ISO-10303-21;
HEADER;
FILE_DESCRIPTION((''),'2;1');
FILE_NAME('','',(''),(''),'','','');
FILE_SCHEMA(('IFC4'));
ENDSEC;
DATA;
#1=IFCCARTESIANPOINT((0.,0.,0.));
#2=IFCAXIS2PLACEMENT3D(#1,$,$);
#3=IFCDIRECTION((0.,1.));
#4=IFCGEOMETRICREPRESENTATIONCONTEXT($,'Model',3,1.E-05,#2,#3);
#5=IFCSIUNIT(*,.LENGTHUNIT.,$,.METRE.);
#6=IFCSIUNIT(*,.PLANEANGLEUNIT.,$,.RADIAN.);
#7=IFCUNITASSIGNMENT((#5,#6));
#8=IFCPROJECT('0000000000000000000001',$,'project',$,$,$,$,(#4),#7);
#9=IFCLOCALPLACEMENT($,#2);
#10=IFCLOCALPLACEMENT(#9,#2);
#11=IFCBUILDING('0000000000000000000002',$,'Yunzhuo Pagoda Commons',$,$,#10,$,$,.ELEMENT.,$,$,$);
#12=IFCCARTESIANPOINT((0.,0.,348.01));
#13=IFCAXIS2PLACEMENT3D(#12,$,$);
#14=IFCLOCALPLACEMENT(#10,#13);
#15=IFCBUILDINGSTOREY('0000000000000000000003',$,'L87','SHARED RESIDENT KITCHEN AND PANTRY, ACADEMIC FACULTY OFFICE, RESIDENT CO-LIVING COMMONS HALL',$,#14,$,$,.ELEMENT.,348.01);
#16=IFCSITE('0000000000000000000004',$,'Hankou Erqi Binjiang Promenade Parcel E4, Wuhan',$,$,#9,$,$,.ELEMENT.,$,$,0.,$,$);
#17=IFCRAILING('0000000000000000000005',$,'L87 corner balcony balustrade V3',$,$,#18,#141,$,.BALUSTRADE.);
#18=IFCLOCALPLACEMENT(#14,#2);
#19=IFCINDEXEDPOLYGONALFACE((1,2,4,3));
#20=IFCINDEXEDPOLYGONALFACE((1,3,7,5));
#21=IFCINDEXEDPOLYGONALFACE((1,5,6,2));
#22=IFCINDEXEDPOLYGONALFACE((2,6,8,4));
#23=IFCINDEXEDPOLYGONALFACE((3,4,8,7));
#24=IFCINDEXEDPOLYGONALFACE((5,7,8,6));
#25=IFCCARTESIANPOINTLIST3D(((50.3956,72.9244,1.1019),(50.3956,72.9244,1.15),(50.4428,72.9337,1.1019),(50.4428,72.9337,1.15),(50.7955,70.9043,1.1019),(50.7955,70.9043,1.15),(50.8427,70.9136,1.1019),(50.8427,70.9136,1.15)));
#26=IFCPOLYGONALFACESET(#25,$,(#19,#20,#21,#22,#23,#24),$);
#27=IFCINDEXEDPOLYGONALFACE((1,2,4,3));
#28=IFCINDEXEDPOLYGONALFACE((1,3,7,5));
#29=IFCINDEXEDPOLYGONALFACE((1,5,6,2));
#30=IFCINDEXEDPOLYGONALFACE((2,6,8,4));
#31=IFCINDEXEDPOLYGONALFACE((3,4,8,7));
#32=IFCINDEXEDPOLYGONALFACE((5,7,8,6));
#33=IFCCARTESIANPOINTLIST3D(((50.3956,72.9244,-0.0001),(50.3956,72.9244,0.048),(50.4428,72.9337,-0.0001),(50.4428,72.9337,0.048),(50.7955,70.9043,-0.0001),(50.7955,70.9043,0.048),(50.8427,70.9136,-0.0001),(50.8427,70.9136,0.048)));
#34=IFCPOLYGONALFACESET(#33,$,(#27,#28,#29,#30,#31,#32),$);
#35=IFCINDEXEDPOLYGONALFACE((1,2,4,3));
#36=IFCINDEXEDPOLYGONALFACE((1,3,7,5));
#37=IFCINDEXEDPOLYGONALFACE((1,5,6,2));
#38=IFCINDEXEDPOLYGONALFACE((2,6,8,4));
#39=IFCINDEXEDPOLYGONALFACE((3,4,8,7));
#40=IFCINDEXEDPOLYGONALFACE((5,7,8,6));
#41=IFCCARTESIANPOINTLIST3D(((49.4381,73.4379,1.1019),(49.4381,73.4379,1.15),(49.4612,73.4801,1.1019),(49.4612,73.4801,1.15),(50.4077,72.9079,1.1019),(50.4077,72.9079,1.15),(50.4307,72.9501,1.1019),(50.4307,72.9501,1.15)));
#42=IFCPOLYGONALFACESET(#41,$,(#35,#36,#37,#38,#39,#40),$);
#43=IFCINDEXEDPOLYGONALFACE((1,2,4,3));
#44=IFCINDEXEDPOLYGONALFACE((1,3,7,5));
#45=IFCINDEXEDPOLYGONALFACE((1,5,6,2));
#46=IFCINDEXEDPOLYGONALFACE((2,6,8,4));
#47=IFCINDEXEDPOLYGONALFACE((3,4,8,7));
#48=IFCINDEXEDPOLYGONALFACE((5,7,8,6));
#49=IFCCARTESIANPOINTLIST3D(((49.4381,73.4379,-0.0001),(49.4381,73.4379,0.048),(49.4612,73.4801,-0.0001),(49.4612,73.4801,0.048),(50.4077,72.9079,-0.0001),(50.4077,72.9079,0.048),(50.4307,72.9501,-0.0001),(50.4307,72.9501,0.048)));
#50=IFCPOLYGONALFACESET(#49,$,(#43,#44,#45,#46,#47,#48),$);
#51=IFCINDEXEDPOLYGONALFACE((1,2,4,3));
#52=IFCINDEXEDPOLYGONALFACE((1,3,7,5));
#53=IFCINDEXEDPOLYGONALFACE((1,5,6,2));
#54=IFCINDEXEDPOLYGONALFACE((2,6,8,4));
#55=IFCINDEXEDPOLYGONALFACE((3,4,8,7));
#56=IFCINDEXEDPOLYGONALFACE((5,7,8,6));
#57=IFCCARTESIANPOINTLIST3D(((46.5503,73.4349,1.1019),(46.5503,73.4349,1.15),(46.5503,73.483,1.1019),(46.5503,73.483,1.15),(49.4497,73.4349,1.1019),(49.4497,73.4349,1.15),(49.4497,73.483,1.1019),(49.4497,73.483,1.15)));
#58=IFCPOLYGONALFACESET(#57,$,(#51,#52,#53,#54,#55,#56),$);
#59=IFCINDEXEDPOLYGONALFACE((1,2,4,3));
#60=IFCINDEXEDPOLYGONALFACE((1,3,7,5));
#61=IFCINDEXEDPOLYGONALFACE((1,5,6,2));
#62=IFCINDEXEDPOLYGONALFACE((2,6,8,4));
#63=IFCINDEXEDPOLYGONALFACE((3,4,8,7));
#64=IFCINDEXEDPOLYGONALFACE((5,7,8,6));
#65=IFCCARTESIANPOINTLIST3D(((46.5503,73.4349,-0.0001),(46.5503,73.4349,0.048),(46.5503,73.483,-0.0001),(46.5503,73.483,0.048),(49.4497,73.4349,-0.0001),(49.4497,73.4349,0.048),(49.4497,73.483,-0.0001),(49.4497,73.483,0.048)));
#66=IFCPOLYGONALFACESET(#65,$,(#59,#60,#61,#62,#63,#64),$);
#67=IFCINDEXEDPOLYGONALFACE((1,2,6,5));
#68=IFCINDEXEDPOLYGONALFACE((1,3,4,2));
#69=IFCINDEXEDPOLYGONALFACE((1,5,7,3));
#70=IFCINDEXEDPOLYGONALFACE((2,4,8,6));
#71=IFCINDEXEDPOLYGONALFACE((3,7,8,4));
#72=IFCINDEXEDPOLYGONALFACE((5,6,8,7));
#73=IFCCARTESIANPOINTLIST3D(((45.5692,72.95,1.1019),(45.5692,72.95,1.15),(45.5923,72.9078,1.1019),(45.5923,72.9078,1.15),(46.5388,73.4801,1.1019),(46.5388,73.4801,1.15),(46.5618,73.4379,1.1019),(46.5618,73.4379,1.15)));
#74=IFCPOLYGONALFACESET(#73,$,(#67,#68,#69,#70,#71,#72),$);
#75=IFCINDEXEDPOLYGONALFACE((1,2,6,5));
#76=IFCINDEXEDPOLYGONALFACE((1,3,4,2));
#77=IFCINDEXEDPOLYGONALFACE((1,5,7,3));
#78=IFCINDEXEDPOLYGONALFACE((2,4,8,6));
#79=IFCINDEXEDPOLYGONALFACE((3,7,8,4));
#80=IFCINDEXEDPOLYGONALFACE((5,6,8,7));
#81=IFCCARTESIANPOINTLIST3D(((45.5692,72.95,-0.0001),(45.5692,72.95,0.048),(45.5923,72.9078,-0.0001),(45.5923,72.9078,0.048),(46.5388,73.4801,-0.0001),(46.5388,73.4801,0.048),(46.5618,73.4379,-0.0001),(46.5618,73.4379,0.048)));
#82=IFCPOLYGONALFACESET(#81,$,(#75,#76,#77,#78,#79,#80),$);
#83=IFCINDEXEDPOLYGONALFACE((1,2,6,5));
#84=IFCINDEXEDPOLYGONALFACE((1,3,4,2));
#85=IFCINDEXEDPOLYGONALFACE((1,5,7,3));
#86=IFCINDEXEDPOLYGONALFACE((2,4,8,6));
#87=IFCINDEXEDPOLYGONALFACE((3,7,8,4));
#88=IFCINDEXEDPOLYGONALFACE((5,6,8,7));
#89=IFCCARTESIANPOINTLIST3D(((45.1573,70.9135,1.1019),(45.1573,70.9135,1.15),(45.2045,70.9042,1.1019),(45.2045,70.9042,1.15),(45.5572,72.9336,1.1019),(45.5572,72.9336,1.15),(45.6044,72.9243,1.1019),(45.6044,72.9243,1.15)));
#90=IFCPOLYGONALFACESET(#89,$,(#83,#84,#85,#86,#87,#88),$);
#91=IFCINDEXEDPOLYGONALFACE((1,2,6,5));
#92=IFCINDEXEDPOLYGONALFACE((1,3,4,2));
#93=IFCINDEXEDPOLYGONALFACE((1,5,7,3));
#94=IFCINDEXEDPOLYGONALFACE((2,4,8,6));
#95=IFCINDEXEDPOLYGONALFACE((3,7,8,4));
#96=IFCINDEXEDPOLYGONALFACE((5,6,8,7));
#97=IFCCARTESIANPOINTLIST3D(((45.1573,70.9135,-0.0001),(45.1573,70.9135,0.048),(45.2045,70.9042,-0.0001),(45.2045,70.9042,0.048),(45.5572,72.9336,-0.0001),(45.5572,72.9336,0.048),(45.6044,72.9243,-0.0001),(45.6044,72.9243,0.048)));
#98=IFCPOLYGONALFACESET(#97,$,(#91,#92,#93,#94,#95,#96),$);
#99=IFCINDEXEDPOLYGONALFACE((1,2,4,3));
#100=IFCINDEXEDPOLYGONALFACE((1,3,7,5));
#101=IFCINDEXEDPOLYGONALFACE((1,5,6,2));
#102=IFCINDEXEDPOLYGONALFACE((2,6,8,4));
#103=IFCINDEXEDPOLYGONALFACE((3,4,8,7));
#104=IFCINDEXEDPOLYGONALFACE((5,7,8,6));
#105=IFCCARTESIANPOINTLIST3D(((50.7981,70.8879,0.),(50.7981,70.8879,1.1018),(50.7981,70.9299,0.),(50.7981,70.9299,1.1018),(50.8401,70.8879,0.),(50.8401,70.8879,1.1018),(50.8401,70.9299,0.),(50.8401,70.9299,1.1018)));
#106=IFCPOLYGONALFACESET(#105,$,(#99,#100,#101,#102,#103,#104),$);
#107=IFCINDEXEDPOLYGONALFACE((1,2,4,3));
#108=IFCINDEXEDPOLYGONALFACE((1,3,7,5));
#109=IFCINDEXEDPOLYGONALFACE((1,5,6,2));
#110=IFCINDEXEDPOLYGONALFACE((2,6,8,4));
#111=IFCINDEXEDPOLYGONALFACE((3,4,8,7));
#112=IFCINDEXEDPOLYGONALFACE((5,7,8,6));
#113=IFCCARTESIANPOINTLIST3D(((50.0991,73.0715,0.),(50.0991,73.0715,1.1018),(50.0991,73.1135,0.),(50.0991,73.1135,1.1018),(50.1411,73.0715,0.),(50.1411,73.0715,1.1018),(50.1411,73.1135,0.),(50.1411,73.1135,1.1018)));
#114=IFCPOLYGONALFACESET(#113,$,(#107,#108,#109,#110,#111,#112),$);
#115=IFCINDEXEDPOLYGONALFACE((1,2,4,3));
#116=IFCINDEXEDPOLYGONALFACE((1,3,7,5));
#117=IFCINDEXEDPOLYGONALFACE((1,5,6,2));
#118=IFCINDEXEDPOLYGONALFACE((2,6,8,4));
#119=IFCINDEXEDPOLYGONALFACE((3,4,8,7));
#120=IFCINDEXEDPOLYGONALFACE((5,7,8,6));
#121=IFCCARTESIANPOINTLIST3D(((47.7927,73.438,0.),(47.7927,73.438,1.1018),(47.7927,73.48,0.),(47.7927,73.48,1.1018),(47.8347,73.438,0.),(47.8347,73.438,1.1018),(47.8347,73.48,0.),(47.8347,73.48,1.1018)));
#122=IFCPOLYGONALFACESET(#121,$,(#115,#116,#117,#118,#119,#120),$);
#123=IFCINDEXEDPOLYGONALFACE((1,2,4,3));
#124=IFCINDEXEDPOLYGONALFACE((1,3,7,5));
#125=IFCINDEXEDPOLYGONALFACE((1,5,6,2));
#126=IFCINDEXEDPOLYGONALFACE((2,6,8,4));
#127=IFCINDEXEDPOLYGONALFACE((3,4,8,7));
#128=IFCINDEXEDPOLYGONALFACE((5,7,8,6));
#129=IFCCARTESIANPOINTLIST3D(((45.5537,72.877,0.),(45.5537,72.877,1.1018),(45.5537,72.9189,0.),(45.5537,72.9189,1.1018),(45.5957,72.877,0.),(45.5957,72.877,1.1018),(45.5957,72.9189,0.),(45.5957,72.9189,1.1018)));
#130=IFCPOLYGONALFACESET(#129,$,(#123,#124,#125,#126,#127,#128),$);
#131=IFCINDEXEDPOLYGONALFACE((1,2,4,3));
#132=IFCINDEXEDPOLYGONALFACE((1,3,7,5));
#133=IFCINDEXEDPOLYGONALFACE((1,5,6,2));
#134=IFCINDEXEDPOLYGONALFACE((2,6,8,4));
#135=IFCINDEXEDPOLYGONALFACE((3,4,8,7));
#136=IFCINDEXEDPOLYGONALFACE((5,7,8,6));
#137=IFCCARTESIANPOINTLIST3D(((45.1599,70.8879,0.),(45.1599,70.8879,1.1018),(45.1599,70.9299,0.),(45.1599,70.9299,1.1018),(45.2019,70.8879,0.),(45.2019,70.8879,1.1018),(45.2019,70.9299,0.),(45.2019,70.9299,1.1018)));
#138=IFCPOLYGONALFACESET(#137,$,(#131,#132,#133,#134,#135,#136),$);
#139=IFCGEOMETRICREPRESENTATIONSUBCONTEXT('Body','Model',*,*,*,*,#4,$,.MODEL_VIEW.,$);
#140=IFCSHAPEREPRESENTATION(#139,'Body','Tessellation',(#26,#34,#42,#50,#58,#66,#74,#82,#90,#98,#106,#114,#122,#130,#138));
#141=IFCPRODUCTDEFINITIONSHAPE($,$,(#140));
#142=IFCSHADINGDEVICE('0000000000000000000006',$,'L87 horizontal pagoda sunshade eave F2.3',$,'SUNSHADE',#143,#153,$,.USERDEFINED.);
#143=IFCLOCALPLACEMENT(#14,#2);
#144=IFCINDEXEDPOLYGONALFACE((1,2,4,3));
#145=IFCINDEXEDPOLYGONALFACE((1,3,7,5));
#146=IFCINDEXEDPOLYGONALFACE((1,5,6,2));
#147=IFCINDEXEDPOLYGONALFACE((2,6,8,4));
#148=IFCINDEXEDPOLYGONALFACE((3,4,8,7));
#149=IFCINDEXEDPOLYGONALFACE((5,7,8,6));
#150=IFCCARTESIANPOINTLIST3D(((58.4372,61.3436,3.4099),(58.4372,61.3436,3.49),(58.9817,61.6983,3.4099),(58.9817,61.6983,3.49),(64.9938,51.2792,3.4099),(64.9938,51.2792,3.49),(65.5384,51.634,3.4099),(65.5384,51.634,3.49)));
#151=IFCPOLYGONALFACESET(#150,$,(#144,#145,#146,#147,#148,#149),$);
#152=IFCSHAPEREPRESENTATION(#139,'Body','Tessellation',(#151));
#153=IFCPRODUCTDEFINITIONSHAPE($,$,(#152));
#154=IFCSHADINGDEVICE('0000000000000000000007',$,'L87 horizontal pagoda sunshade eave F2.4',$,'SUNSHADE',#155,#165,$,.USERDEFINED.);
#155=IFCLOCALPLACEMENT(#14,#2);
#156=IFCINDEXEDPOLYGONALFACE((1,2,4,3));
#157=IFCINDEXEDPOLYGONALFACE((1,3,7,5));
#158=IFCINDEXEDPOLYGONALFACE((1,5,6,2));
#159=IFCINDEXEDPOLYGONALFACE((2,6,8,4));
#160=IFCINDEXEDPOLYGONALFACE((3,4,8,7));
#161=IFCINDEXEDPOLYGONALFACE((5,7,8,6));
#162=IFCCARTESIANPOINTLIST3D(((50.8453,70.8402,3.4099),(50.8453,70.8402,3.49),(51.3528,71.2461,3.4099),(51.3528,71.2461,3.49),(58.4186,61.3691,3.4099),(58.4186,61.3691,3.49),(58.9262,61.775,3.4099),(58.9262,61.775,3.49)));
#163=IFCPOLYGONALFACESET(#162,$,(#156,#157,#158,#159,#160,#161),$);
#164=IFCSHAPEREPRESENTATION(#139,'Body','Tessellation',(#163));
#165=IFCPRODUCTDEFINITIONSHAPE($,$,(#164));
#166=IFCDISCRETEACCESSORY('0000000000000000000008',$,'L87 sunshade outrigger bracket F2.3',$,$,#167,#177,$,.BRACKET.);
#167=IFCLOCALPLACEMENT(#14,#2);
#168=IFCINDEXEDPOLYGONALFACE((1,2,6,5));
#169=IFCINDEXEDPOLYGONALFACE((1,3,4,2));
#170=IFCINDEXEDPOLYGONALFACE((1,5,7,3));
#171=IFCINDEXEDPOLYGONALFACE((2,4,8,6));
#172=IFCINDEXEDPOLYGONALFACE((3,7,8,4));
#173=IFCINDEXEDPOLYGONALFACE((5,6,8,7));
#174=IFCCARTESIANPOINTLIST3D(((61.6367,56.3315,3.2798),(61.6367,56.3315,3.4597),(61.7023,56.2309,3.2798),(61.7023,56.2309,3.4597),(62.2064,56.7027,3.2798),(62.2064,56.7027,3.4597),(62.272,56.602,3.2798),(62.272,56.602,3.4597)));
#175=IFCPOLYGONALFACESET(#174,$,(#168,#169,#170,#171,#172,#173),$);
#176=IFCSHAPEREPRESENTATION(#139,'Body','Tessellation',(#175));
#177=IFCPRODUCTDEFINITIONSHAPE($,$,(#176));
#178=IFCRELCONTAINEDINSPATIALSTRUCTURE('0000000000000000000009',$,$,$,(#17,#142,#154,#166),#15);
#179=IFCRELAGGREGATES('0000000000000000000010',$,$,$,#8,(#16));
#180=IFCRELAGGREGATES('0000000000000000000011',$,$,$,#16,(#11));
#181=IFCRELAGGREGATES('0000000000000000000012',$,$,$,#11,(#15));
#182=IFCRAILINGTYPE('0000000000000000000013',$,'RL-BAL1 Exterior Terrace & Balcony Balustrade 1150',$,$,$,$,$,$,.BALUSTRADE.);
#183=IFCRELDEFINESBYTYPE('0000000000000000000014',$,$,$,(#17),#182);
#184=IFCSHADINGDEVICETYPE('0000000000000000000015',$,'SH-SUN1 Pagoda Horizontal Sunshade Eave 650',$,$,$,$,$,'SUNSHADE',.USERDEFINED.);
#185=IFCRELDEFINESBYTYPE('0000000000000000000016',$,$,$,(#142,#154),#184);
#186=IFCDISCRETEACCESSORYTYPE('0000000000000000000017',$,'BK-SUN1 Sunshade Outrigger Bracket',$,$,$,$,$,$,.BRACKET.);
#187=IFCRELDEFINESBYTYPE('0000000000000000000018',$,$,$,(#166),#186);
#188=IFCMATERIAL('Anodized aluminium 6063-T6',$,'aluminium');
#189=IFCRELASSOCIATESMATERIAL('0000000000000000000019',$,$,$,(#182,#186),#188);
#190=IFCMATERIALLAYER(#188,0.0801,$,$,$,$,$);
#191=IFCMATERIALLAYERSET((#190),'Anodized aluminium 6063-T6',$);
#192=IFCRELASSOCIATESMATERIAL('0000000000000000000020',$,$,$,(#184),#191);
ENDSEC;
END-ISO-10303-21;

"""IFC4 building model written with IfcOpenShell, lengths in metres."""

from ifc_helpers import new_model, si_unit, direction, frame, origin, origin_2d, place, context, subcontext, project, spatial, rectangle, extrude, source, transform, mapped, material, layer, layer_set, type_object, element, save


model = new_model("IFC4")

# Units and contexts
model_context = context("Model", 3, precision=1e-05, world=origin(), true_north=direction((0.0, 1.0)))
body_context = subcontext(model_context, "Body", "Model", "MODEL_VIEW")
ifc_project = project(units=[si_unit("LENGTHUNIT", "METRE"), si_unit("PLANEANGLEUNIT", "RADIAN")], contexts=[model_context])

# Site, building, storey
site_placement = place(None, origin())
site = spatial("IfcSite", under=ifc_project, at=site_placement, Name="Hankou Erqi Binjiang Promenade Parcel E4, Wuhan", CompositionType="ELEMENT", RefElevation=0.0)
building_placement = place(site_placement, origin())
building = spatial("IfcBuilding", under=site, at=building_placement, Name="Yunzhuo Pagoda Commons", CompositionType="ELEMENT")
storey_placement = place(building_placement, frame((0.0, 0.0, 348.01)))
storey = spatial("IfcBuildingStorey", under=building, at=storey_placement, Name="L87", Description="SHARED RESIDENT KITCHEN AND PANTRY, ACADEMIC FACULTY OFFICE, RESIDENT CO-LIVING COMMONS HALL", CompositionType="ELEMENT", Elevation=348.01)

# Shared definitions
ifc_material_1 = material(Name="Anodized aluminium 6063-T6", Category="aluminium")

# Railing
railing_type = type_object("IfcRailingType", Name="RL-BAL1 Exterior Terrace & Balcony Balustrade 1150", PredefinedType="BALUSTRADE", material=ifc_material_1)
railing_placement = place(storey_placement, frame((50.8191, 70.9089, 0.0)))
element("IfcRailing", 1, at=railing_placement, inside=storey, type_object=railing_type, Name="L87 corner balcony balustrade V3", PredefinedType="BALUSTRADE", context=body_context, shape_type="SweptSolid", body=[
    extrude(rectangle(XDim=0.0481, YDim=0.0481, at=origin_2d()), frame((0.0, 0.0, 1.126), z_axis=(-0.194201, 0.980962, 0.0), x_axis=(-0.980962, -0.194201, 0.0)), (0.0, 0.0, 1.0), 2.0593),
    extrude(rectangle(XDim=0.0481, YDim=0.0481, at=origin_2d()), frame((0.0, 0.0, 0.0239), z_axis=(-0.194201, 0.980962, 0.0), x_axis=(-0.980962, -0.194201, 0.0)), (0.0, 0.0, 1.0), 2.0593),
    extrude(rectangle(XDim=0.0481, YDim=0.0481, at=origin_2d()), frame((-0.3999, 2.02, 1.126), z_axis=(-0.877431, 0.479703, 0.0), x_axis=(-0.479703, -0.877431, 0.0)), (0.0, 0.0, 1.0), 1.105),
    extrude(rectangle(XDim=0.0481, YDim=0.0481, at=origin_2d()), frame((-0.3999, 2.02, 0.0239), z_axis=(-0.877431, 0.479703, 0.0), x_axis=(-0.479703, -0.877431, 0.0)), (0.0, 0.0, 1.0), 1.105),
    extrude(rectangle(XDim=0.0481, YDim=0.0481, at=origin_2d()), frame((-1.3694, 2.55, 1.126), z_axis=(-1.0, 0.0, 0.0), x_axis=(0.0, -1.0, 0.0)), (0.0, 0.0, 1.0), 2.8994),
    extrude(rectangle(XDim=0.0481, YDim=0.0481, at=origin_2d()), frame((-1.3694, 2.55, 0.0239), z_axis=(-1.0, 0.0, 0.0), x_axis=(0.0, -1.0, 0.0)), (0.0, 0.0, 1.0), 2.8994),
    extrude(rectangle(XDim=0.0481, YDim=0.0481, at=origin_2d()), frame((-4.2688, 2.55, 1.126), z_axis=(-0.877431, -0.479703, 0.0), x_axis=(0.479703, -0.877431, 0.0)), (0.0, 0.0, 1.0), 1.105),
    extrude(rectangle(XDim=0.0481, YDim=0.0481, at=origin_2d()), frame((-4.2688, 2.55, 0.0239), z_axis=(-0.877431, -0.479703, 0.0), x_axis=(0.479703, -0.877431, 0.0)), (0.0, 0.0, 1.0), 1.105),
    extrude(rectangle(XDim=0.0481, YDim=0.0481, at=origin_2d()), frame((-5.2383, 2.02, 1.126), z_axis=(-0.194201, -0.980962, 0.0), x_axis=(0.980962, -0.194201, 0.0)), (0.0, 0.0, 1.0), 2.0593),
    extrude(rectangle(XDim=0.0481, YDim=0.0481, at=origin_2d()), frame((-5.2383, 2.02, 0.0239), z_axis=(-0.194201, -0.980962, 0.0), x_axis=(0.980962, -0.194201, 0.0)), (0.0, 0.0, 1.0), 2.0593),
    extrude(rectangle(XDim=0.042, YDim=0.042, at=origin_2d()), origin(), (0.0, 0.0, 1.0), 1.1018),
    extrude(rectangle(XDim=0.042, YDim=0.042, at=origin_2d()), frame((-0.699, 2.1836, 0.0)), (0.0, 0.0, 1.0), 1.1018),
    extrude(rectangle(XDim=0.042, YDim=0.042, at=origin_2d()), frame((-3.0054, 2.55, 0.0)), (0.0, 0.0, 1.0), 1.1018),
    extrude(rectangle(XDim=0.042, YDim=0.042, at=origin_2d()), frame((-5.2444, 1.989, 0.0)), (0.0, 0.0, 1.0), 1.1018),
    extrude(rectangle(XDim=0.042, YDim=0.042, at=origin_2d()), frame((-5.6382, 0.0, 0.0)), (0.0, 0.0, 1.0), 1.1018),
])

# Shading devices
ifc_layer_1 = layer(ifc_material_1, 0.0801)
ifc_layer_set_1 = layer_set([ifc_layer_1], Name="Anodized aluminium 6063-T6")
shading_device_type = type_object("IfcShadingDeviceType", Name="SH-SUN1 Pagoda Horizontal Sunshade Eave 650", ElementType="SUNSHADE", PredefinedType="USERDEFINED", material=ifc_layer_set_1)
shared_shape_1 = source(origin(), body_context, "Body", "SweptSolid", [
    extrude(rectangle(XDim=12.0117, YDim=0.6499, at=origin_2d()), origin(), (0.0, 0.0, 1.0), 0.0801),
])
shading_device_1_placement = place(storey_placement, frame((61.9878, 56.4888, 3.4099), z_axis=(0.0, 0.0, 1.0), x_axis=(-0.545853, 0.837881, 0.0)))
element("IfcShadingDevice", 2, at=shading_device_1_placement, inside=storey, type_object=shading_device_type, Name="L87 horizontal pagoda sunshade eave F2.3", ObjectType="SUNSHADE", PredefinedType="USERDEFINED", context=body_context, shape_type="MappedRepresentation", body=[
    mapped(shared_shape_1, transform((0.0, 0.0, 0.0), scale=1.0)),
])
shared_shape_2 = source(origin(), body_context, "Body", "SweptSolid", [
    extrude(rectangle(XDim=12.1267, YDim=0.6499, at=origin_2d()), origin(), (0.0, 0.0, 1.0), 0.0801),
])
shading_device_2_placement = place(storey_placement, frame((54.8857, 66.3076, 3.4099), z_axis=(0.0, 0.0, 1.0), x_axis=(-0.62452, 0.781008, 0.0)))
element("IfcShadingDevice", 3, at=shading_device_2_placement, inside=storey, type_object=shading_device_type, Name="L87 horizontal pagoda sunshade eave F2.4", ObjectType="SUNSHADE", PredefinedType="USERDEFINED", context=body_context, shape_type="MappedRepresentation", body=[
    mapped(shared_shape_2, transform((0.0, 0.0, 0.0), scale=1.0)),
])

# Discrete accessory
discrete_accessory_type = type_object("IfcDiscreteAccessoryType", Name="BK-SUN1 Sunshade Outrigger Bracket", PredefinedType="BRACKET", material=ifc_material_1)
shared_shape_3 = source(origin(), body_context, "Body", "SweptSolid", [
    extrude(rectangle(XDim=0.1201, YDim=0.6799, at=origin_2d()), origin(), (0.0, 0.0, 1.0), 0.1799),
])
discrete_accessory_placement = place(storey_placement, frame((61.9543, 56.4668, 3.2798), z_axis=(0.0, 0.0, 1.0), x_axis=(-0.545853, 0.837881, 0.0)))
element("IfcDiscreteAccessory", 4, at=discrete_accessory_placement, inside=storey, type_object=discrete_accessory_type, Name="L87 sunshade outrigger bracket F2.3", PredefinedType="BRACKET", context=body_context, shape_type="MappedRepresentation", body=[
    mapped(shared_shape_3, transform((0.0, 0.0, 0.0), scale=1.0)),
])

save(model, "model.ifc")
